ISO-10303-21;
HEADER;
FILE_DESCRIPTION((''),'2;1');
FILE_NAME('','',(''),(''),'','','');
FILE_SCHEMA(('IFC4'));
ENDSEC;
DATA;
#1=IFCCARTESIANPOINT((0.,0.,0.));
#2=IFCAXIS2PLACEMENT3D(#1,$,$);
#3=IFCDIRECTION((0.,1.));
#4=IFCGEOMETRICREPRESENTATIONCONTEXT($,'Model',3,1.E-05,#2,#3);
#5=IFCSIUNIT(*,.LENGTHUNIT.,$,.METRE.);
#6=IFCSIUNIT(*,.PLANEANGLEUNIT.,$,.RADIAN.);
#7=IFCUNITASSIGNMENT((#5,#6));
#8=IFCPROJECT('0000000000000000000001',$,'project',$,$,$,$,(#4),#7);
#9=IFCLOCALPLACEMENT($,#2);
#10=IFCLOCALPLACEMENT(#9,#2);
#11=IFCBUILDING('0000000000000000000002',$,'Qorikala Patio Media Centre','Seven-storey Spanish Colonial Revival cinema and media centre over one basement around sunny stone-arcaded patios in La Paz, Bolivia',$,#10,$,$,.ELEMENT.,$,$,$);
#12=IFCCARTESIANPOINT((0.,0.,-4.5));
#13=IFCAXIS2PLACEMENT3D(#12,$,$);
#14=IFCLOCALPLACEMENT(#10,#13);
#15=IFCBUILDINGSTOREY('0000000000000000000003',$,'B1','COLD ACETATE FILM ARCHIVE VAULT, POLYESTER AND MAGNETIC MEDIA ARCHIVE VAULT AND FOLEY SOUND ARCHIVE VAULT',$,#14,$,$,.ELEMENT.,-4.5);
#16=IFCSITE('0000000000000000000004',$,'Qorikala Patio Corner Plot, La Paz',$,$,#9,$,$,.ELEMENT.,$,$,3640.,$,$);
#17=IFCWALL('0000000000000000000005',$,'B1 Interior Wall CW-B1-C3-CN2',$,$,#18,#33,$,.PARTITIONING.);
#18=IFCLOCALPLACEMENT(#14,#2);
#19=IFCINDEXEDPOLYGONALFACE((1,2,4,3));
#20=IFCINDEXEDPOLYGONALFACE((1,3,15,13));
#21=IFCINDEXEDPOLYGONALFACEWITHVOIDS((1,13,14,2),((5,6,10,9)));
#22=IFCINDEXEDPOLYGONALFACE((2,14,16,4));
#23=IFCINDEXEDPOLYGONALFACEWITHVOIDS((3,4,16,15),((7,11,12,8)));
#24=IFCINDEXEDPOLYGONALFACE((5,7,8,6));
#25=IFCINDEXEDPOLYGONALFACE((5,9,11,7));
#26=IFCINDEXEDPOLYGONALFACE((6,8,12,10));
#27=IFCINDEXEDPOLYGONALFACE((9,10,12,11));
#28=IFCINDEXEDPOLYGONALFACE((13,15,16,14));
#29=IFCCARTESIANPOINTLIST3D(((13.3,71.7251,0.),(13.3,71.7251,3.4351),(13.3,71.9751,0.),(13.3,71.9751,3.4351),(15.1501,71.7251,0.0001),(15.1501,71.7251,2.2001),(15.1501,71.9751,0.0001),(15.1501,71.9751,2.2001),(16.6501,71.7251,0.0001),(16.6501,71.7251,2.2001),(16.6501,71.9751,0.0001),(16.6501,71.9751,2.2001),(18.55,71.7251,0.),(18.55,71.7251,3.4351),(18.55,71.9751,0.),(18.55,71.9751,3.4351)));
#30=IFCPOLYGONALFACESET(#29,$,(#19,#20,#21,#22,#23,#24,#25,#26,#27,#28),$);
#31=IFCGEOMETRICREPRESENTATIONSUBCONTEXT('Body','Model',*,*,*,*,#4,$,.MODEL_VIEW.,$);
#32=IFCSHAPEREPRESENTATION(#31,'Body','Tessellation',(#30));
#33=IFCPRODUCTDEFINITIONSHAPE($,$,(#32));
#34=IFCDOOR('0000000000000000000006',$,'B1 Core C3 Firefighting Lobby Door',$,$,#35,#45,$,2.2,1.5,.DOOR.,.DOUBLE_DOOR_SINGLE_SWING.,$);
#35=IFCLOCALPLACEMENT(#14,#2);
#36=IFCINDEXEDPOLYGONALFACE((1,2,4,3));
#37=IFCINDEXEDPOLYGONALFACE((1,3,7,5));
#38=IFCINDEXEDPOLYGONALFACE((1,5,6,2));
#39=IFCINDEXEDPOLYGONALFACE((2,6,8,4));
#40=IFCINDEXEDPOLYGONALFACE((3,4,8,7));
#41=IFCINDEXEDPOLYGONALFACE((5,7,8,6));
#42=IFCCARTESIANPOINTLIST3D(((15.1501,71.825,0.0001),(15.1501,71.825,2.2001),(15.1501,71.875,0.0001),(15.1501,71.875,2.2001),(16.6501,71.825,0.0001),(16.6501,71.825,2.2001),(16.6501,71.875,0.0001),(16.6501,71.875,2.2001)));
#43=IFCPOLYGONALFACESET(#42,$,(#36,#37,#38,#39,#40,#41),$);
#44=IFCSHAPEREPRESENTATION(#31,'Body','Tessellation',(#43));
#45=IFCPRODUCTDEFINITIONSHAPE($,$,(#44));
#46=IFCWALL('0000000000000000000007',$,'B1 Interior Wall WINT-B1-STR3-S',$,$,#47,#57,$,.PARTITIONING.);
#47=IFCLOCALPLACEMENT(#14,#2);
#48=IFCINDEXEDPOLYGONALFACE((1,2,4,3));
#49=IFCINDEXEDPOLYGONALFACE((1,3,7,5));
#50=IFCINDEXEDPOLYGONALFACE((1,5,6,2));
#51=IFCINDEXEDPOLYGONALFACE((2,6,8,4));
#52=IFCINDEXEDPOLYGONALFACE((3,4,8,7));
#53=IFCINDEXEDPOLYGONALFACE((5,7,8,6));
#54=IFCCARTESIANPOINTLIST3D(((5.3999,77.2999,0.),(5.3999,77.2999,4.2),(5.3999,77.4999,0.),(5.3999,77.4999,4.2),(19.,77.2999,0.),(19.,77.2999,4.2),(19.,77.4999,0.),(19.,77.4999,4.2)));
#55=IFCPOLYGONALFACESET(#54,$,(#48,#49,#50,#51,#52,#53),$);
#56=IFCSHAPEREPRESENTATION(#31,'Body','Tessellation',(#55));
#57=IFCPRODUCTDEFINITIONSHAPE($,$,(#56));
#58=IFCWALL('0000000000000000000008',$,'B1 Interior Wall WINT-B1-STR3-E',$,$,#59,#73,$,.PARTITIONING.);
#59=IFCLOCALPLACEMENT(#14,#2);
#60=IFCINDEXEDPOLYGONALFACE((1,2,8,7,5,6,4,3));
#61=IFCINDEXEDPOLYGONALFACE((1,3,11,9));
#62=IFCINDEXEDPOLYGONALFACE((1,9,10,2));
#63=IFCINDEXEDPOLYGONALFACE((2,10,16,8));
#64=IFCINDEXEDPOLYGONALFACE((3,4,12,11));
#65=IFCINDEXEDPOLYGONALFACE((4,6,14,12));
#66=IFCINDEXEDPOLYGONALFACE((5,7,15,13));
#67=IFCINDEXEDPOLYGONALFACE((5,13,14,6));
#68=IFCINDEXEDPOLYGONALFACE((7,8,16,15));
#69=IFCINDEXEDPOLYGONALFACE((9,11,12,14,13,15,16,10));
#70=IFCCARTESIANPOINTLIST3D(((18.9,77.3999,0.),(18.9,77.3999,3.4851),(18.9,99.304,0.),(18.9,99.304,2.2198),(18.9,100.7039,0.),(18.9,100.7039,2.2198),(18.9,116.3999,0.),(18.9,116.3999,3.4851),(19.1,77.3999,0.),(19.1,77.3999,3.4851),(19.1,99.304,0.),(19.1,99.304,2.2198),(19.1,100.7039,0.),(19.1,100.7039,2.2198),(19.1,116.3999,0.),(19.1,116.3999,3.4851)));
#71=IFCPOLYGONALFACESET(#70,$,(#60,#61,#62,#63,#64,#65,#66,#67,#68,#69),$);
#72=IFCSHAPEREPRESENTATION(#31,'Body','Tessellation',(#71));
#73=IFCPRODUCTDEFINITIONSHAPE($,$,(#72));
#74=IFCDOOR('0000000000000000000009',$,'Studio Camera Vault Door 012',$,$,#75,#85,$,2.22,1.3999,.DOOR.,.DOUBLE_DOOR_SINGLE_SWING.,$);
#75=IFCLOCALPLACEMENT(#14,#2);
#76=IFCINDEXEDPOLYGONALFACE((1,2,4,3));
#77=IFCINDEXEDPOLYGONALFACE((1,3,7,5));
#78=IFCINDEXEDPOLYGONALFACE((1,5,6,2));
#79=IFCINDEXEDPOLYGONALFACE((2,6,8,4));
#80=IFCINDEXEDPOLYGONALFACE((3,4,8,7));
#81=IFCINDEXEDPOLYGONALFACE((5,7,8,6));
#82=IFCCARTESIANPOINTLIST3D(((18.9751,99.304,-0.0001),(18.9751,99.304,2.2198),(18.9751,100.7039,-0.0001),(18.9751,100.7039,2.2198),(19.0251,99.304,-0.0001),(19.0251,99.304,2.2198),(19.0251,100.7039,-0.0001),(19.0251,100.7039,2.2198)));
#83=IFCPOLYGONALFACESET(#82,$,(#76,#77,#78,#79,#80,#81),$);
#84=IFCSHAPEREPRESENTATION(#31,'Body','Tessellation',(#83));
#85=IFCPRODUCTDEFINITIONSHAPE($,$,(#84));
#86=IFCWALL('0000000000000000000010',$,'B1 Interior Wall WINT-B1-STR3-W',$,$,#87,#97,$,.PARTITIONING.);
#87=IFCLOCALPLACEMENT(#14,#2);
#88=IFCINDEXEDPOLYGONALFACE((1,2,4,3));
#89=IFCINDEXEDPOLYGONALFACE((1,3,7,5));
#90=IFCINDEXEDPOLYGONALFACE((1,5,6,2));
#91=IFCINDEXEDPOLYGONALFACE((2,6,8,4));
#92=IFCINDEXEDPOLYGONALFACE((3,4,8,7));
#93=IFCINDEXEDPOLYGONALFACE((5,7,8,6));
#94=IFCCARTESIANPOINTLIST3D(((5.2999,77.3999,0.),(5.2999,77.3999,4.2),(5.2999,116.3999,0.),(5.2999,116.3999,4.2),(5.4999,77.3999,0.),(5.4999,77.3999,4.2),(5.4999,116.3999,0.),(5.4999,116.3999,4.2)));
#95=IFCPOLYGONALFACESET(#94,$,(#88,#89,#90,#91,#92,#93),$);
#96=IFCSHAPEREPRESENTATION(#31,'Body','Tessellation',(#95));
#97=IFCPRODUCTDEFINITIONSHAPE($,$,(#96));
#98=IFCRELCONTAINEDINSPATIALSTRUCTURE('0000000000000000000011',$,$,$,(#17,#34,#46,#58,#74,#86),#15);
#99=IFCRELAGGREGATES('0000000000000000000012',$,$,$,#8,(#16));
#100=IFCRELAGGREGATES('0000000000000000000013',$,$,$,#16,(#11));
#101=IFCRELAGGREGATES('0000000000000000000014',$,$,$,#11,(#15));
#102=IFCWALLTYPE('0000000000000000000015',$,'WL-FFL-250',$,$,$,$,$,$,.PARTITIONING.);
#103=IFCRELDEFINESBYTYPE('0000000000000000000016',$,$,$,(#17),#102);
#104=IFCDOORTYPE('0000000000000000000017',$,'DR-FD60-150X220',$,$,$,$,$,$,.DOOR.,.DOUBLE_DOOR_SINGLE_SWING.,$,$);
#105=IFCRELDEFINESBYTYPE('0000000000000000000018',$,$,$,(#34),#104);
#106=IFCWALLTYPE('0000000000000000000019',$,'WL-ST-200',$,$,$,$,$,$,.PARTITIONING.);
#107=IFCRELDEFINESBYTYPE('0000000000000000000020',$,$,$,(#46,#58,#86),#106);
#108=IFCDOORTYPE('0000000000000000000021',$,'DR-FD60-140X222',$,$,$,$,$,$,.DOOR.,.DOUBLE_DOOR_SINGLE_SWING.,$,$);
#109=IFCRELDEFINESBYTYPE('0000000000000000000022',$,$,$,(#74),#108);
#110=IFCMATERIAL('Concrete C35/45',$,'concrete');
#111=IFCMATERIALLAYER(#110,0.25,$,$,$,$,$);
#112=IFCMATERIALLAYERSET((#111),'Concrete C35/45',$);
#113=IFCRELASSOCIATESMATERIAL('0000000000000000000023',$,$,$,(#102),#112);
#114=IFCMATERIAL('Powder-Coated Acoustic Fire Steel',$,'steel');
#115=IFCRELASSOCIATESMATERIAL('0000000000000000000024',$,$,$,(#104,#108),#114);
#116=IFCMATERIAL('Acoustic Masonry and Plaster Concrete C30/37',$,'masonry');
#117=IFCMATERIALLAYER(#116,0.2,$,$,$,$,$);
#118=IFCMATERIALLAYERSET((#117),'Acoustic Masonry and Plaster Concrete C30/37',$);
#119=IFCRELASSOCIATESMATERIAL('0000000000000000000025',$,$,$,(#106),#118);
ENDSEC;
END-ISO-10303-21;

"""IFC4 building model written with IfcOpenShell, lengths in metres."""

from ifc_helpers import new_model, si_unit, direction, frame, frame_2d, origin, place, context, subcontext, project, spatial, rectangle, extrude, material, layer, layer_set, type_object, element, fill, save


model = new_model("IFC4")

# Units and contexts
model_context = context("Model", 3, precision=1e-05, world=origin(), true_north=direction((0.0, 1.0)))
body_context = subcontext(model_context, "Body", "Model", "MODEL_VIEW")
ifc_project = project(units=[si_unit("LENGTHUNIT", "METRE"), si_unit("PLANEANGLEUNIT", "RADIAN")], contexts=[model_context])

# Site, building, storey
site_placement = place(None, origin())
site = spatial("IfcSite", under=ifc_project, at=site_placement, Name="Qorikala Patio Corner Plot, La Paz", CompositionType="ELEMENT", RefElevation=3640.0)
building_placement = place(site_placement, origin())
building = spatial("IfcBuilding", under=site, at=building_placement, Name="Qorikala Patio Media Centre", Description="Seven-storey Spanish Colonial Revival cinema and media centre over one basement around sunny stone-arcaded patios in La Paz, Bolivia", CompositionType="ELEMENT")
storey_placement = place(building_placement, frame((0.0, 0.0, -4.5)))
storey = spatial("IfcBuildingStorey", under=building, at=storey_placement, Name="B1", Description="COLD ACETATE FILM ARCHIVE VAULT, POLYESTER AND MAGNETIC MEDIA ARCHIVE VAULT AND FOLEY SOUND ARCHIVE VAULT", CompositionType="ELEMENT", Elevation=-4.5)

# Shared definitions
ifc_material_1 = material(Name="Concrete C35/45", Category="concrete")

# Wall, opening, door
ifc_layer_1 = layer(ifc_material_1, 0.25)
ifc_layer_set_1 = layer_set([ifc_layer_1], Name="Concrete C35/45")
wall_type_1 = type_object("IfcWallType", Name="WL-FFL-250", PredefinedType="PARTITIONING", material=ifc_layer_set_1)
wall_1_placement = place(storey_placement, frame((13.3, 71.8501, 0.0), z_axis=(0.0, 0.0, 1.0), x_axis=(1.0, 0.0, 0.0)))
wall_1 = element("IfcWall", 1, at=wall_1_placement, inside=storey, type_object=wall_type_1, Name="B1 Interior Wall CW-B1-C3-CN2", PredefinedType="PARTITIONING", context=body_context, shape_type="SweptSolid", body=[
    extrude(rectangle(XDim=5.25, YDim=0.25, at=frame_2d((2.625, 0.0))), origin(), (0.0, 0.0, 1.0), 3.4351),
])
opening_1_placement = place(wall_1_placement, frame((1.8501, 0.0, 0.0)))
opening_1 = element("IfcOpeningElement", 2, at=opening_1_placement, cuts=wall_1, PredefinedType="OPENING", context=body_context, shape_type="SweptSolid", body=[
    extrude(rectangle(XDim=1.5, YDim=2.2, at=frame_2d((0.75, 1.1001))), frame((0.0, 0.135, 0.0), z_axis=(0.0, -1.0, 0.0), x_axis=(1.0, 0.0, 0.0)), (0.0, 0.0, 1.0), 0.27),
])
ifc_material_2 = material(Name="Powder-Coated Acoustic Fire Steel", Category="steel")
door_type_1 = type_object("IfcDoorType", Name="DR-FD60-150X220", OperationType="DOUBLE_DOOR_SINGLE_SWING", PredefinedType="DOOR", material=ifc_material_2)
door_1_placement = place(opening_1_placement, origin())
door_1 = element("IfcDoor", 3, at=door_1_placement, inside=storey, type_object=door_type_1, Name="B1 Core C3 Firefighting Lobby Door", OperationType="DOUBLE_DOOR_SINGLE_SWING", OverallHeight=2.2, OverallWidth=1.5, PredefinedType="DOOR", context=body_context, shape_type="SweptSolid", body=[
    extrude(rectangle(XDim=1.5, YDim=2.2, at=frame_2d((0.75, 1.1001))), frame((0.0, 0.0249, 0.0), z_axis=(0.0, -1.0, 0.0), x_axis=(1.0, 0.0, 0.0)), (0.0, 0.0, 1.0), 0.05),
])
fill(opening_1, door_1)

# Wall
ifc_material_3 = material(Name="Acoustic Masonry and Plaster Concrete C30/37", Category="masonry")
ifc_layer_2 = layer(ifc_material_3, 0.2)
ifc_layer_set_2 = layer_set([ifc_layer_2], Name="Acoustic Masonry and Plaster Concrete C30/37")
wall_type_2 = type_object("IfcWallType", Name="WL-ST-200", PredefinedType="PARTITIONING", material=ifc_layer_set_2)
wall_2_placement = place(storey_placement, frame((5.3999, 77.3999, 0.0), z_axis=(0.0, 0.0, 1.0), x_axis=(1.0, 0.0, 0.0)))
element("IfcWall", 4, at=wall_2_placement, inside=storey, type_object=wall_type_2, Name="B1 Interior Wall WINT-B1-STR3-S", PredefinedType="PARTITIONING", context=body_context, shape_type="SweptSolid", body=[
    extrude(rectangle(XDim=13.6001, YDim=0.2, at=frame_2d((6.8, 0.0))), origin(), (0.0, 0.0, 1.0), 4.2),
])

# Wall, opening, door
wall_3_placement = place(storey_placement, frame((19.0, 77.3999, 0.0), z_axis=(0.0, 0.0, 1.0), x_axis=(0.0, 1.0, 0.0)))
wall_3 = element("IfcWall", 5, at=wall_3_placement, inside=storey, type_object=wall_type_2, Name="B1 Interior Wall WINT-B1-STR3-E", PredefinedType="PARTITIONING", context=body_context, shape_type="SweptSolid", body=[
    extrude(rectangle(XDim=39.0, YDim=0.2, at=frame_2d((19.5, 0.0))), origin(), (0.0, 0.0, 1.0), 3.4851),
])
opening_2_placement = place(wall_3_placement, frame((21.9041, 0.0, 0.0)))
opening_2 = element("IfcOpeningElement", 6, at=opening_2_placement, cuts=wall_3, PredefinedType="OPENING", context=body_context, shape_type="SweptSolid", body=[
    extrude(rectangle(XDim=1.3999, YDim=2.22, at=frame_2d((0.7, 1.1099))), frame((0.0, 0.1099, 0.0), z_axis=(0.0, -1.0, 0.0), x_axis=(1.0, 0.0, 0.0)), (0.0, 0.0, 1.0), 0.22),
])
door_type_2 = type_object("IfcDoorType", Name="DR-FD60-140X222", OperationType="DOUBLE_DOOR_SINGLE_SWING", PredefinedType="DOOR", material=ifc_material_2)
door_2_placement = place(opening_2_placement, origin())
door_2 = element("IfcDoor", 7, at=door_2_placement, inside=storey, type_object=door_type_2, Name="Studio Camera Vault Door 012", OperationType="DOUBLE_DOOR_SINGLE_SWING", OverallHeight=2.22, OverallWidth=1.3999, PredefinedType="DOOR", context=body_context, shape_type="SweptSolid", body=[
    extrude(rectangle(XDim=1.3999, YDim=2.22, at=frame_2d((0.7, 1.1099))), frame((0.0, 0.0249, 0.0), z_axis=(0.0, -1.0, 0.0), x_axis=(1.0, 0.0, 0.0)), (0.0, 0.0, 1.0), 0.05),
])
fill(opening_2, door_2)

# Wall
wall_4_placement = place(storey_placement, frame((5.3999, 77.3999, 0.0), z_axis=(0.0, 0.0, 1.0), x_axis=(0.0, 1.0, 0.0)))
element("IfcWall", 8, at=wall_4_placement, inside=storey, type_object=wall_type_2, Name="B1 Interior Wall WINT-B1-STR3-W", PredefinedType="PARTITIONING", context=body_context, shape_type="SweptSolid", body=[
    extrude(rectangle(XDim=39.0, YDim=0.2, at=frame_2d((19.5, 0.0))), origin(), (0.0, 0.0, 1.0), 4.2),
])

save(model, "model.ifc")
